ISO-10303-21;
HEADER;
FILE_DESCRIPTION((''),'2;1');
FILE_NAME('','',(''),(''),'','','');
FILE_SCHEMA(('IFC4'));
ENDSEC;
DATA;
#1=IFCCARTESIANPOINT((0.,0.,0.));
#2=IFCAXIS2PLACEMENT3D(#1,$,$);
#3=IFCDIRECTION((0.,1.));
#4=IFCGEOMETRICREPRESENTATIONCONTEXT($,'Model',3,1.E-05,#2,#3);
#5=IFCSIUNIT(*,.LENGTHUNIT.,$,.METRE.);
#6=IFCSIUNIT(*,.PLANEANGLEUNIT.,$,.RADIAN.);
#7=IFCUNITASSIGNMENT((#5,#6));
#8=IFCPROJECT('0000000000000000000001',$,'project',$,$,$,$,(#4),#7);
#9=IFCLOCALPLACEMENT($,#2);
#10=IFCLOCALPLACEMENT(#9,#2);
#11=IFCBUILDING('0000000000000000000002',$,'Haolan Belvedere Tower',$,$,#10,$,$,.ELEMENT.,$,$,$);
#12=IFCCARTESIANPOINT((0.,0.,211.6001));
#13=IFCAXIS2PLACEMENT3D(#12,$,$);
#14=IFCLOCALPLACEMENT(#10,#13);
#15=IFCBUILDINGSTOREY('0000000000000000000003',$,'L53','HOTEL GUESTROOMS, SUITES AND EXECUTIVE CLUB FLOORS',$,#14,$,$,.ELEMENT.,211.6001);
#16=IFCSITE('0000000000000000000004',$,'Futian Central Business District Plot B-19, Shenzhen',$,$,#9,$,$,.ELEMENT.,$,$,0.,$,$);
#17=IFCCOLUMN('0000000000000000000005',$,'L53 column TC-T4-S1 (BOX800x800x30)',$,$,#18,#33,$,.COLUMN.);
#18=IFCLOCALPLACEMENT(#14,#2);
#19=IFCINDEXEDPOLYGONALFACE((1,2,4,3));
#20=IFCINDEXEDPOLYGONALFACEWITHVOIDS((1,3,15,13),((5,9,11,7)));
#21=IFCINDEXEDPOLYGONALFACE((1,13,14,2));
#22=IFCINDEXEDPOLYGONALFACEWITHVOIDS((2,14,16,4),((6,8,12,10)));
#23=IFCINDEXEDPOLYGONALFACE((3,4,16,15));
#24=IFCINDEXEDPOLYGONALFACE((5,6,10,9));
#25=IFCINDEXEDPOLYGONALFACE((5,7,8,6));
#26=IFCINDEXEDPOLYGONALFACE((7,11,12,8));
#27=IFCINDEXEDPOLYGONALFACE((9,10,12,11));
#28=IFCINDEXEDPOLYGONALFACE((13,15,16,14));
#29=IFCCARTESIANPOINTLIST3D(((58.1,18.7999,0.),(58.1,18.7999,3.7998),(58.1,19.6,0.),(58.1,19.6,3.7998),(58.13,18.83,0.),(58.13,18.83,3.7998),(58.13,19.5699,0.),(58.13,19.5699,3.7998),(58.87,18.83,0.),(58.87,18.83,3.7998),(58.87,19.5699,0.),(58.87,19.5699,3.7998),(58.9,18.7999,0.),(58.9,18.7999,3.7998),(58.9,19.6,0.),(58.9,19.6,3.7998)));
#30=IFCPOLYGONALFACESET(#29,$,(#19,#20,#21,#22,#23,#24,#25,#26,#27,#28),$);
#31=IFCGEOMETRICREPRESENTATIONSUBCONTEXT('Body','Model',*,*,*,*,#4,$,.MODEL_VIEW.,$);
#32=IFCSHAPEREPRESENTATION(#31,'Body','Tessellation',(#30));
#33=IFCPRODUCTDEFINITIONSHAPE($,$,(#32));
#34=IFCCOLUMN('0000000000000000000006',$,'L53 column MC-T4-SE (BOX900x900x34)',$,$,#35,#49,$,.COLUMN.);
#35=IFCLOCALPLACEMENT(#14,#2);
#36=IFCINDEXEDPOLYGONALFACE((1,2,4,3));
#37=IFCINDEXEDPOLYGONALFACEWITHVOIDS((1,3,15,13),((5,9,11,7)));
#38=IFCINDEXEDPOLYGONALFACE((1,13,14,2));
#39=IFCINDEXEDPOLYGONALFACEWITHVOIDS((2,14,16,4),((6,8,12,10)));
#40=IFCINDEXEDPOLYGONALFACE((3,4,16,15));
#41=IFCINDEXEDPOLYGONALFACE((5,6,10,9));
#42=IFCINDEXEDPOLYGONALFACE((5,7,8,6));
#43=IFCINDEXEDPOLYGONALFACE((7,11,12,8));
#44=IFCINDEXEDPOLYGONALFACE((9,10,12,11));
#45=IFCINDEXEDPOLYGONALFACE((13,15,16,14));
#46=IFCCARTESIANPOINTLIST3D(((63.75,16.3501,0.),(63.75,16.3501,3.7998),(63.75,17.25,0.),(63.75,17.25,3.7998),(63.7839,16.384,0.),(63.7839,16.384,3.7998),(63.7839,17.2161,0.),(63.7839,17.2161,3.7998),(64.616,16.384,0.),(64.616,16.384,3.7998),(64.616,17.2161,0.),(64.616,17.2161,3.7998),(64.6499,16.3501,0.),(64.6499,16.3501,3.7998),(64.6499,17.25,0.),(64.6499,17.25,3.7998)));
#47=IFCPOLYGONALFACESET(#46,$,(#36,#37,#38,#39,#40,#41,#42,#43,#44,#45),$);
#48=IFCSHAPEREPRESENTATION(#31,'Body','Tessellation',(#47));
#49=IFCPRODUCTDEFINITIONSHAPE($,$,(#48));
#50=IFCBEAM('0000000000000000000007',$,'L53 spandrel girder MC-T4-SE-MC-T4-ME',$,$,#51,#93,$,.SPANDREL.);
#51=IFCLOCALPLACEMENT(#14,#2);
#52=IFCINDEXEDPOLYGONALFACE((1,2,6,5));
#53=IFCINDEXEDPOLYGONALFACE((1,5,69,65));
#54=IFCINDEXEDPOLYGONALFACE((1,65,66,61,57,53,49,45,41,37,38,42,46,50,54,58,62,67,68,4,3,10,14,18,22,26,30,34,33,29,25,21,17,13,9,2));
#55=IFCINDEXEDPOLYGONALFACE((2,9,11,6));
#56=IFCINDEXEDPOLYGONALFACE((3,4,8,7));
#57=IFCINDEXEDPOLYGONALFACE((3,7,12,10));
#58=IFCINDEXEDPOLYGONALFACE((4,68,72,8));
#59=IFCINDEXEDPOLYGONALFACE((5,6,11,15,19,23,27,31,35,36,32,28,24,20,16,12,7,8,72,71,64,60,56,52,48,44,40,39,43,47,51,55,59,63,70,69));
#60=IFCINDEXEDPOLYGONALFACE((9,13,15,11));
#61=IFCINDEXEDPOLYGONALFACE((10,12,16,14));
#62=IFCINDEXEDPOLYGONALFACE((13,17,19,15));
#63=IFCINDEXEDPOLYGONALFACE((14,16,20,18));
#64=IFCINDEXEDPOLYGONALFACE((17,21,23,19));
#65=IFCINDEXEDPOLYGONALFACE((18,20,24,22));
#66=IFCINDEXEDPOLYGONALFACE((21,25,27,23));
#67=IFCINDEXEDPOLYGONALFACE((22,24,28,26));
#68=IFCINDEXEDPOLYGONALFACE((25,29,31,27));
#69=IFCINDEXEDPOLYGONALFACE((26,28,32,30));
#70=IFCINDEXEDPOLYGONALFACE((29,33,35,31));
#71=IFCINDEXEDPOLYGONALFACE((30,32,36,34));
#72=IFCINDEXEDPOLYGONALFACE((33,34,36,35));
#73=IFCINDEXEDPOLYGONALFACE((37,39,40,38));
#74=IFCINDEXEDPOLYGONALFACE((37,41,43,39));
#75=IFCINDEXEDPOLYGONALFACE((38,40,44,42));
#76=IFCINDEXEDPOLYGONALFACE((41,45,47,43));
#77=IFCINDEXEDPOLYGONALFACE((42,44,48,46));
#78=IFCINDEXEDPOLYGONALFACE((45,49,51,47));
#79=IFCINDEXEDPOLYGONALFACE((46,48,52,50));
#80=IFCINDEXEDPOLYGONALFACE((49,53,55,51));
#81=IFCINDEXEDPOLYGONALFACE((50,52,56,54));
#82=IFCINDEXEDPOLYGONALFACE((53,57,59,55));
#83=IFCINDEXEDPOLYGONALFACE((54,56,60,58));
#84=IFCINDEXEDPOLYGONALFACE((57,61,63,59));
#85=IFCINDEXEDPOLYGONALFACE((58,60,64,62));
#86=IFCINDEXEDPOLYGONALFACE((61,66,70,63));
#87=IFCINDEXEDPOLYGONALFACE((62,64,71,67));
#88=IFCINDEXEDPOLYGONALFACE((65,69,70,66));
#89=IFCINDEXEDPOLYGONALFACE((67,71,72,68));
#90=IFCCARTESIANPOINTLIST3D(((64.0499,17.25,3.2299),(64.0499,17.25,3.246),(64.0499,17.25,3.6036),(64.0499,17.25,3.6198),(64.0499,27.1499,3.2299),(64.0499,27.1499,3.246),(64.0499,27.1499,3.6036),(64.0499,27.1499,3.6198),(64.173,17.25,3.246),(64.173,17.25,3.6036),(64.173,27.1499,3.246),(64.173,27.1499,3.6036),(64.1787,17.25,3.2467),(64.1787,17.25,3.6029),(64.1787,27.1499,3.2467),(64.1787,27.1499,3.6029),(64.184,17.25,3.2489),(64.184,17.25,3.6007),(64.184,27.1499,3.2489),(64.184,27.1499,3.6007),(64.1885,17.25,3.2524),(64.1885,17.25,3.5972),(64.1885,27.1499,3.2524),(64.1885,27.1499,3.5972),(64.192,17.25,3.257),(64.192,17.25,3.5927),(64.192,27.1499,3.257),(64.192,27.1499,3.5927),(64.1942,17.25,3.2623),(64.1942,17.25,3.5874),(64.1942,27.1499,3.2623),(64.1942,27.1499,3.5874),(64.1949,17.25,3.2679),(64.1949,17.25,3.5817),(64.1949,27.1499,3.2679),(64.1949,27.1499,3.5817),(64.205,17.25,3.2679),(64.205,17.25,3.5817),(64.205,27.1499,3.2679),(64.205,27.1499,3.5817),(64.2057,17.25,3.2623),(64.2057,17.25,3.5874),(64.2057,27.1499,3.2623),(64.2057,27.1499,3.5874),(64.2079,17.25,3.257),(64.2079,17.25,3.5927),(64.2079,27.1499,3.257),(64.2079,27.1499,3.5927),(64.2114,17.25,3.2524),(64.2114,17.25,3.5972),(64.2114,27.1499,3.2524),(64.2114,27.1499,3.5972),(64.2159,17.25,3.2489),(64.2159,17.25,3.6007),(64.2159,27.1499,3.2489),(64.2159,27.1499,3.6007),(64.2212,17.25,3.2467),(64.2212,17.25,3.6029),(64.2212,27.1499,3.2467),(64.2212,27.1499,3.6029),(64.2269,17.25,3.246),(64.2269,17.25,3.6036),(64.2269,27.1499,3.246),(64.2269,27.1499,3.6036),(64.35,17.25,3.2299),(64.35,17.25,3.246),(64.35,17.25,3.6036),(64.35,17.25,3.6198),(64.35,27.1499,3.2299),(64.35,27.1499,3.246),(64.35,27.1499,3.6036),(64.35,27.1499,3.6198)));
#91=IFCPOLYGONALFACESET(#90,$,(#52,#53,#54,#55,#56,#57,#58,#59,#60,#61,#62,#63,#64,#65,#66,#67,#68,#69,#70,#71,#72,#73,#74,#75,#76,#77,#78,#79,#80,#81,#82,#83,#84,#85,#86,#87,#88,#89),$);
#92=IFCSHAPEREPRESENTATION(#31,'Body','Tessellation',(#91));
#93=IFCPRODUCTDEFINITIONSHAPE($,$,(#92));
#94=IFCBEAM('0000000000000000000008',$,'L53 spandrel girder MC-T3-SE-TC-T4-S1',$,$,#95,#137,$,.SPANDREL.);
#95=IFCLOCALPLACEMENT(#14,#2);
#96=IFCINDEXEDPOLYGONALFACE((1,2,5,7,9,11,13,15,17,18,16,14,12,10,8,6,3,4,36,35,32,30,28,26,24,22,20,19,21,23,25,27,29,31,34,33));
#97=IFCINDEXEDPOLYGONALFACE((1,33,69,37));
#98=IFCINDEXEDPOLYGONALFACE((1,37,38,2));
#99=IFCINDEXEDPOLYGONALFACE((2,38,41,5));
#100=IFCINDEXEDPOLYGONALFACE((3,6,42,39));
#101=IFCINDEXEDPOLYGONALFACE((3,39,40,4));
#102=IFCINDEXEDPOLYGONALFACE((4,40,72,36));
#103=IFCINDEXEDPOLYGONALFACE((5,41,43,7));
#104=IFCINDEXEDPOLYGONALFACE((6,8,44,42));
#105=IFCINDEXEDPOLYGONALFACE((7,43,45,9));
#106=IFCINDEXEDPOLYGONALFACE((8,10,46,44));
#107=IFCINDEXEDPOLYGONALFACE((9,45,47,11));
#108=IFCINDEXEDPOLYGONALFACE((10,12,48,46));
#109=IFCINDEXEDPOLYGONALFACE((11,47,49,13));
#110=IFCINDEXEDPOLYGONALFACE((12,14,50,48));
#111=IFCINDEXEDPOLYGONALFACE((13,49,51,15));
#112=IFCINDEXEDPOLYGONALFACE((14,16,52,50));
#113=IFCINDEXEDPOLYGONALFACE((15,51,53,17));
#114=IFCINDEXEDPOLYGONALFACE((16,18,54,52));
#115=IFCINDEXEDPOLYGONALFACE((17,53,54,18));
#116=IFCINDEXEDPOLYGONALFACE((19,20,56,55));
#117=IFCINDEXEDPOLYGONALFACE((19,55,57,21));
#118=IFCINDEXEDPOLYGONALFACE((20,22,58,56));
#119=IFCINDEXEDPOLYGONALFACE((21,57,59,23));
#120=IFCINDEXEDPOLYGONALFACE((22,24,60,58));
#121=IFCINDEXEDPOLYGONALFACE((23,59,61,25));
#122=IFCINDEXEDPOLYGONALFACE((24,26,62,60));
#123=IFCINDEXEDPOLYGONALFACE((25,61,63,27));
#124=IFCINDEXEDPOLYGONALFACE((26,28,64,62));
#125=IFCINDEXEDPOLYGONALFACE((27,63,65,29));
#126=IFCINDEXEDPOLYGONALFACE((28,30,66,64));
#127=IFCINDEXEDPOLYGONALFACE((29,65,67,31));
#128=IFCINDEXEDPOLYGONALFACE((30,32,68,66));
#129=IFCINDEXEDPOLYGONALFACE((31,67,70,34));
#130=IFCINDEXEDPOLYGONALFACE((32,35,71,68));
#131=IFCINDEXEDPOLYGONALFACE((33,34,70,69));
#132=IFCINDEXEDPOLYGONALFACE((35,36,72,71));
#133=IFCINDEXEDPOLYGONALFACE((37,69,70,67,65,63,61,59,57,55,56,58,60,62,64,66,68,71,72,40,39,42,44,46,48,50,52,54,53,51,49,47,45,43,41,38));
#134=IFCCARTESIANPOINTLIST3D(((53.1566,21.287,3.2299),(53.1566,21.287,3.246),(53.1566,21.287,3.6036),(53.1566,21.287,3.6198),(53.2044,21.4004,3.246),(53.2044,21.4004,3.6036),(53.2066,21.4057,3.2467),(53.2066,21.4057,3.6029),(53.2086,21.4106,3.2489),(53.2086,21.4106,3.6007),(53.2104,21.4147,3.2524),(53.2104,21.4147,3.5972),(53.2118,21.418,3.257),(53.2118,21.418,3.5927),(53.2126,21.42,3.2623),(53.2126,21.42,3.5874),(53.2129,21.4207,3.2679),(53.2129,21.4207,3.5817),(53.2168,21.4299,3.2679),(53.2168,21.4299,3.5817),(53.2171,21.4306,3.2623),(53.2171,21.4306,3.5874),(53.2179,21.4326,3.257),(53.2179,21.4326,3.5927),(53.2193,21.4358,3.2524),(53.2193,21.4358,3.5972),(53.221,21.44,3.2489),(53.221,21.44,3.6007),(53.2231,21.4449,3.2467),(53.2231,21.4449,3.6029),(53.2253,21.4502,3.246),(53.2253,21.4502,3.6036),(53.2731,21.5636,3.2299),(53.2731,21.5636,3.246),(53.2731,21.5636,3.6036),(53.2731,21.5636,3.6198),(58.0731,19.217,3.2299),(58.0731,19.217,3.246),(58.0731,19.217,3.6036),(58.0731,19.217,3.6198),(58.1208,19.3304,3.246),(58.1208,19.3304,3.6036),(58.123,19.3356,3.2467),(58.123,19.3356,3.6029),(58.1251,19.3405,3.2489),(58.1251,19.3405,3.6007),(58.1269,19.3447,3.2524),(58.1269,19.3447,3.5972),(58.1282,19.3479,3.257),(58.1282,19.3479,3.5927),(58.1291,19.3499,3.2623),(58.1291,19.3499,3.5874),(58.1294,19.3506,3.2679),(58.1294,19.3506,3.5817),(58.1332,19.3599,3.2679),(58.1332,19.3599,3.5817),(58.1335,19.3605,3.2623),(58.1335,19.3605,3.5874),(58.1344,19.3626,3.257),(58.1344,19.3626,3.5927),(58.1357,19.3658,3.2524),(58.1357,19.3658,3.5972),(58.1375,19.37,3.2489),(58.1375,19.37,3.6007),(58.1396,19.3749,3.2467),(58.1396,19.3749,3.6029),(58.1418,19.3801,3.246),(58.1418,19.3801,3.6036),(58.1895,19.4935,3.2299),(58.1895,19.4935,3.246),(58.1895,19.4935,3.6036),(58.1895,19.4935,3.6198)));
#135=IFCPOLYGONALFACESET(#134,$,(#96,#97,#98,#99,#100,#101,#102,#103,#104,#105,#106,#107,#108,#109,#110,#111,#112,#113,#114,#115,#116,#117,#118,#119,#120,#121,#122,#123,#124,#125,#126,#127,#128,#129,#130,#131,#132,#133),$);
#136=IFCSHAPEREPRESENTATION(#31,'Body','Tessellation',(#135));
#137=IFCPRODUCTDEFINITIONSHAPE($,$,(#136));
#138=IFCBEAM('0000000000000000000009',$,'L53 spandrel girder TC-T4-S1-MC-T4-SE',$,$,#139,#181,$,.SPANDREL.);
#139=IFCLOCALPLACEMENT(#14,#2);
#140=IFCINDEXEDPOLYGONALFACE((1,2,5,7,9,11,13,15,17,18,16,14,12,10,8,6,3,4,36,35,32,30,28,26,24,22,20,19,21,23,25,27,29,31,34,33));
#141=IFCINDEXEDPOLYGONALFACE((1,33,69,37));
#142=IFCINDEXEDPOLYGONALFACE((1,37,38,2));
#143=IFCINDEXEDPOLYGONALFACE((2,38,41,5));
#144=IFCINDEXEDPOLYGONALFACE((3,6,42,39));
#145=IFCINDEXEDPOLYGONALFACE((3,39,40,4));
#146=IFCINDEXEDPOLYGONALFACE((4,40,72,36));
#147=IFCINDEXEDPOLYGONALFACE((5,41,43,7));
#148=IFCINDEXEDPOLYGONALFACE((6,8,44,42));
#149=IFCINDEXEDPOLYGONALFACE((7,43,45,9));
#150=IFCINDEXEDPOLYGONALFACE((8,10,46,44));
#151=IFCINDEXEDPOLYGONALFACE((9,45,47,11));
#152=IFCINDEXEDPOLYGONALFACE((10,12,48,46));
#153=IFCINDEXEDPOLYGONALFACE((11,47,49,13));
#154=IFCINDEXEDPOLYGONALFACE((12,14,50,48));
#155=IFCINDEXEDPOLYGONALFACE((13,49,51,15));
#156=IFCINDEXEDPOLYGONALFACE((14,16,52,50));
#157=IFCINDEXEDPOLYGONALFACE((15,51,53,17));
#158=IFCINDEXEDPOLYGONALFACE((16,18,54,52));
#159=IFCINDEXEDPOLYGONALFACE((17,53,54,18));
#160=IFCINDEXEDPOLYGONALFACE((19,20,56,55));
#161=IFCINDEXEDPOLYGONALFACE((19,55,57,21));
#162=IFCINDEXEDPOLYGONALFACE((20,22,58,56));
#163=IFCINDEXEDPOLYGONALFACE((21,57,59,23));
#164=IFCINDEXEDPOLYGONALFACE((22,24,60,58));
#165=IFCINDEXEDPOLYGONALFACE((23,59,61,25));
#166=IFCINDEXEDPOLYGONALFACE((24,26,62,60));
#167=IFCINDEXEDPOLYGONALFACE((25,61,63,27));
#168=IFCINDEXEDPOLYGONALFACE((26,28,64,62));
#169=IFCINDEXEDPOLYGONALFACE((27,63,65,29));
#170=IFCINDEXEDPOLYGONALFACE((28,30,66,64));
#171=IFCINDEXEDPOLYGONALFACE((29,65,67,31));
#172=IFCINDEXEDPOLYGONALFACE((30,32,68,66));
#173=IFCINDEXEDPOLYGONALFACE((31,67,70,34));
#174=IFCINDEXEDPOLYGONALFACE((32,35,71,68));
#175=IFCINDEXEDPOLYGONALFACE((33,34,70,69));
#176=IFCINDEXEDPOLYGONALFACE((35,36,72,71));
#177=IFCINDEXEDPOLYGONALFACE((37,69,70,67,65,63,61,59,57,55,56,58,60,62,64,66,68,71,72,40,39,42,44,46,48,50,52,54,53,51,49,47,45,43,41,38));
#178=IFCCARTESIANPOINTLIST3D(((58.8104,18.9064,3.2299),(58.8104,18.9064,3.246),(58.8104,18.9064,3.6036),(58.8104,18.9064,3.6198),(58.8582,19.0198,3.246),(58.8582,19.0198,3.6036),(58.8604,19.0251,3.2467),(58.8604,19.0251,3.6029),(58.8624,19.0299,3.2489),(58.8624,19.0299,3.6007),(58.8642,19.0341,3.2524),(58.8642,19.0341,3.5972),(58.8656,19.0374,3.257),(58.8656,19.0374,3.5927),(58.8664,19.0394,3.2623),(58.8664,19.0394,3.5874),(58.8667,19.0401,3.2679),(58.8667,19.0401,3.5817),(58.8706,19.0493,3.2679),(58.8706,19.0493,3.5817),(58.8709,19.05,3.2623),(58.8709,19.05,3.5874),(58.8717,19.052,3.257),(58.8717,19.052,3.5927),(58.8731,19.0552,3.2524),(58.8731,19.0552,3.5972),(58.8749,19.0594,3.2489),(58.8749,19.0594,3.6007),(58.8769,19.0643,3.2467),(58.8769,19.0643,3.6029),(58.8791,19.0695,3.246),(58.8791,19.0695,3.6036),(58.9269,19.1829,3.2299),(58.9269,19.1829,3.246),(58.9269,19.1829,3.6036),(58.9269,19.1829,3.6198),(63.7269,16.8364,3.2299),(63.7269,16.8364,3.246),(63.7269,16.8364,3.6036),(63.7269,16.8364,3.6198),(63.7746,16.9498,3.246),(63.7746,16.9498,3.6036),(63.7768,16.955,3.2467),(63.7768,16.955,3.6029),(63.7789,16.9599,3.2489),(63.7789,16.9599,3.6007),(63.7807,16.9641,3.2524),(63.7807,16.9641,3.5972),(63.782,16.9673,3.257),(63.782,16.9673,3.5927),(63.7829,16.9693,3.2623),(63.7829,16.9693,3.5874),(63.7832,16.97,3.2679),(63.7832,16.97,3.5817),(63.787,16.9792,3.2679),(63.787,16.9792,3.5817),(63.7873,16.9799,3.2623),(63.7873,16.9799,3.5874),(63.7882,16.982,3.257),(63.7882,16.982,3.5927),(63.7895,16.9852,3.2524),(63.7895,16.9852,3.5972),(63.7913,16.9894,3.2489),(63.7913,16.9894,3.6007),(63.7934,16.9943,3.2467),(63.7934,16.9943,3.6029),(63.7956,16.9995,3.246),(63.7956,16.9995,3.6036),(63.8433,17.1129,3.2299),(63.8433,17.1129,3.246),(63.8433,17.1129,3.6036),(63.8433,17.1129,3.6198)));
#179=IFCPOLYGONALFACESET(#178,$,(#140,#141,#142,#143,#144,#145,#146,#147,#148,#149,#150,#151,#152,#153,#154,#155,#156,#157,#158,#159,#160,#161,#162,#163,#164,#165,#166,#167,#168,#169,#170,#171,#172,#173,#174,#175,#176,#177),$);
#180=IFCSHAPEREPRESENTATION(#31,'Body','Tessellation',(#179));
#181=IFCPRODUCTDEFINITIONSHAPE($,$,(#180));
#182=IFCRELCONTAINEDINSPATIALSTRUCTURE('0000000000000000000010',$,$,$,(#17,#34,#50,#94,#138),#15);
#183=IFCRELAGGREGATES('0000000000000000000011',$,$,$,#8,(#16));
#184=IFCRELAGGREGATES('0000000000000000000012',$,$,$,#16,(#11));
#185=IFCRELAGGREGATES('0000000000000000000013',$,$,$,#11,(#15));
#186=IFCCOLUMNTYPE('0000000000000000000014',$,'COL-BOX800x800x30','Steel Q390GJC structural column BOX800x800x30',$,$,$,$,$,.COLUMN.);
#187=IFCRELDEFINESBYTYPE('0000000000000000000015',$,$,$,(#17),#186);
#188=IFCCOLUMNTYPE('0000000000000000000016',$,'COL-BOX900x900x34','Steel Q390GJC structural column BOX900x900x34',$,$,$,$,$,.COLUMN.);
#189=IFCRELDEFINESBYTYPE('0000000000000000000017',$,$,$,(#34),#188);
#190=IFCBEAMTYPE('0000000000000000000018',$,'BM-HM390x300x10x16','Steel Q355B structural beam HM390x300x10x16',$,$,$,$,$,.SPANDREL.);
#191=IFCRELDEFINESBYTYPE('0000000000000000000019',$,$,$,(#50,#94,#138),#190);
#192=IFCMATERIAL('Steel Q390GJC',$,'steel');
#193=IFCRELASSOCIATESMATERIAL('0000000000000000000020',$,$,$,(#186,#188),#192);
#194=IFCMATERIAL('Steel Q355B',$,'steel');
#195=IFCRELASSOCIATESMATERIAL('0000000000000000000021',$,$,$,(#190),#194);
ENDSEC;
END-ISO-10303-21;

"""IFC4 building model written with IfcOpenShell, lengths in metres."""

from ifc_helpers import new_model, si_unit, direction, frame, origin, origin_2d, place, context, subcontext, project, spatial, hollow_rectangle, i_section, extrude, material, material_profile, profile_set, type_object, element, save


model = new_model("IFC4")

# Units and contexts
model_context = context("Model", 3, precision=1e-05, world=origin(), true_north=direction((0.0, 1.0)))
body_context = subcontext(model_context, "Body", "Model", "MODEL_VIEW")
ifc_project = project(units=[si_unit("LENGTHUNIT", "METRE"), si_unit("PLANEANGLEUNIT", "RADIAN")], contexts=[model_context])

# Site, building, storey
site_placement = place(None, origin())
site = spatial("IfcSite", under=ifc_project, at=site_placement, Name="Futian Central Business District Plot B-19, Shenzhen", CompositionType="ELEMENT", RefElevation=0.0)
building_placement = place(site_placement, origin())
building = spatial("IfcBuilding", under=site, at=building_placement, Name="Haolan Belvedere Tower", CompositionType="ELEMENT")
storey_placement = place(building_placement, frame((0.0, 0.0, 211.6001)))
storey = spatial("IfcBuildingStorey", under=building, at=storey_placement, Name="L53", Description="HOTEL GUESTROOMS, SUITES AND EXECUTIVE CLUB FLOORS", CompositionType="ELEMENT", Elevation=211.6001)

# Columns
ifc_material_1 = material(Name="Steel Q390GJC", Category="steel")
ifc_material_profile_1 = material_profile(ifc_material_1, hollow_rectangle(XDim=0.8, YDim=0.8, WallThickness=0.03, at=origin_2d()), Name="Steel Q390GJC")
ifc_profile_set_1 = profile_set([ifc_material_profile_1], Name="Steel Q390GJC")
column_type_1 = type_object("IfcColumnType", Name="COL-BOX800x800x30", Description="Steel Q390GJC structural column BOX800x800x30", PredefinedType="COLUMN", material=ifc_profile_set_1)
column_1_placement = place(storey_placement, frame((58.5, 19.2, 0.0), z_axis=(0.0, 0.0, 1.0), x_axis=(1.0, 0.0, 0.0)))
element("IfcColumn", 1, at=column_1_placement, inside=storey, type_object=column_type_1, Name="L53 column TC-T4-S1 (BOX800x800x30)", PredefinedType="COLUMN", context=body_context, shape_type="SweptSolid", body=[
    extrude(hollow_rectangle(XDim=0.8, YDim=0.8, WallThickness=0.03, at=origin_2d()), origin(), (0.0, 0.0, 1.0), 3.7998),
])
ifc_material_profile_2 = material_profile(ifc_material_1, hollow_rectangle(XDim=0.8999, YDim=0.8999, WallThickness=0.0339, at=origin_2d()), Name="Steel Q390GJC")
ifc_profile_set_2 = profile_set([ifc_material_profile_2], Name="Steel Q390GJC")
column_type_2 = type_object("IfcColumnType", Name="COL-BOX900x900x34", Description="Steel Q390GJC structural column BOX900x900x34", PredefinedType="COLUMN", material=ifc_profile_set_2)
column_2_placement = place(storey_placement, frame((64.2, 16.8, 0.0), z_axis=(0.0, 0.0, 1.0), x_axis=(1.0, 0.0, 0.0)))
element("IfcColumn", 2, at=column_2_placement, inside=storey, type_object=column_type_2, Name="L53 column MC-T4-SE (BOX900x900x34)", PredefinedType="COLUMN", context=body_context, shape_type="SweptSolid", body=[
    extrude(hollow_rectangle(XDim=0.8999, YDim=0.8999, WallThickness=0.0339, at=origin_2d()), origin(), (0.0, 0.0, 1.0), 3.7998),
])

# Beams
ifc_material_2 = material(Name="Steel Q355B", Category="steel")
ifc_material_profile_3 = material_profile(ifc_material_2, i_section(OverallWidth=0.3, OverallDepth=0.3899, WebThickness=0.01, FlangeThickness=0.0161, FilletRadius=0.022, at=origin_2d()), Name="Steel Q355B")
ifc_profile_set_3 = profile_set([ifc_material_profile_3], Name="Steel Q355B")
beam_type = type_object("IfcBeamType", Name="BM-HM390x300x10x16", Description="Steel Q355B structural beam HM390x300x10x16", PredefinedType="SPANDREL", material=ifc_profile_set_3)
beam_placement = place(storey_placement, frame((64.2, 17.25, 3.4248), z_axis=(0.0, 1.0, 0.0), x_axis=(-1.0, 0.0, 0.0)))
element("IfcBeam", 3, at=beam_placement, inside=storey, type_object=beam_type, Name="L53 spandrel girder MC-T4-SE-MC-T4-ME", PredefinedType="SPANDREL", context=body_context, shape_type="SweptSolid", body=[
    extrude(i_section(OverallWidth=0.3, OverallDepth=0.3899, WebThickness=0.01, FlangeThickness=0.0161, FilletRadius=0.022, at=origin_2d()), origin(), (0.0, 0.0, 1.0), 9.8999),
])
for number, where, z_axis, x_axis, name in (
    (4, (53.2148, 21.4253, 3.4248), (0.921638, -0.388051, 0.0), (0.388051, 0.921638, 0.0), "L53 spandrel girder MC-T3-SE-TC-T4-S1"),
    (5, (58.8687, 19.0447, 3.4248), (0.921638, -0.388051, 0.0), (0.388051, 0.921638, 0.0), "L53 spandrel girder TC-T4-S1-MC-T4-SE"),
):
    element("IfcBeam", number, at=place(storey_placement, frame(where, z_axis=z_axis, x_axis=x_axis)), inside=storey, type_object=beam_type, Name=name, PredefinedType="SPANDREL", context=body_context, shape_type="SweptSolid", body=[
        extrude(i_section(OverallWidth=0.3, OverallDepth=0.3899, WebThickness=0.01, FlangeThickness=0.0161, FilletRadius=0.022, at=origin_2d()), origin(), (0.0, 0.0, 1.0), 5.3345),
    ])

save(model, "model.ifc")
